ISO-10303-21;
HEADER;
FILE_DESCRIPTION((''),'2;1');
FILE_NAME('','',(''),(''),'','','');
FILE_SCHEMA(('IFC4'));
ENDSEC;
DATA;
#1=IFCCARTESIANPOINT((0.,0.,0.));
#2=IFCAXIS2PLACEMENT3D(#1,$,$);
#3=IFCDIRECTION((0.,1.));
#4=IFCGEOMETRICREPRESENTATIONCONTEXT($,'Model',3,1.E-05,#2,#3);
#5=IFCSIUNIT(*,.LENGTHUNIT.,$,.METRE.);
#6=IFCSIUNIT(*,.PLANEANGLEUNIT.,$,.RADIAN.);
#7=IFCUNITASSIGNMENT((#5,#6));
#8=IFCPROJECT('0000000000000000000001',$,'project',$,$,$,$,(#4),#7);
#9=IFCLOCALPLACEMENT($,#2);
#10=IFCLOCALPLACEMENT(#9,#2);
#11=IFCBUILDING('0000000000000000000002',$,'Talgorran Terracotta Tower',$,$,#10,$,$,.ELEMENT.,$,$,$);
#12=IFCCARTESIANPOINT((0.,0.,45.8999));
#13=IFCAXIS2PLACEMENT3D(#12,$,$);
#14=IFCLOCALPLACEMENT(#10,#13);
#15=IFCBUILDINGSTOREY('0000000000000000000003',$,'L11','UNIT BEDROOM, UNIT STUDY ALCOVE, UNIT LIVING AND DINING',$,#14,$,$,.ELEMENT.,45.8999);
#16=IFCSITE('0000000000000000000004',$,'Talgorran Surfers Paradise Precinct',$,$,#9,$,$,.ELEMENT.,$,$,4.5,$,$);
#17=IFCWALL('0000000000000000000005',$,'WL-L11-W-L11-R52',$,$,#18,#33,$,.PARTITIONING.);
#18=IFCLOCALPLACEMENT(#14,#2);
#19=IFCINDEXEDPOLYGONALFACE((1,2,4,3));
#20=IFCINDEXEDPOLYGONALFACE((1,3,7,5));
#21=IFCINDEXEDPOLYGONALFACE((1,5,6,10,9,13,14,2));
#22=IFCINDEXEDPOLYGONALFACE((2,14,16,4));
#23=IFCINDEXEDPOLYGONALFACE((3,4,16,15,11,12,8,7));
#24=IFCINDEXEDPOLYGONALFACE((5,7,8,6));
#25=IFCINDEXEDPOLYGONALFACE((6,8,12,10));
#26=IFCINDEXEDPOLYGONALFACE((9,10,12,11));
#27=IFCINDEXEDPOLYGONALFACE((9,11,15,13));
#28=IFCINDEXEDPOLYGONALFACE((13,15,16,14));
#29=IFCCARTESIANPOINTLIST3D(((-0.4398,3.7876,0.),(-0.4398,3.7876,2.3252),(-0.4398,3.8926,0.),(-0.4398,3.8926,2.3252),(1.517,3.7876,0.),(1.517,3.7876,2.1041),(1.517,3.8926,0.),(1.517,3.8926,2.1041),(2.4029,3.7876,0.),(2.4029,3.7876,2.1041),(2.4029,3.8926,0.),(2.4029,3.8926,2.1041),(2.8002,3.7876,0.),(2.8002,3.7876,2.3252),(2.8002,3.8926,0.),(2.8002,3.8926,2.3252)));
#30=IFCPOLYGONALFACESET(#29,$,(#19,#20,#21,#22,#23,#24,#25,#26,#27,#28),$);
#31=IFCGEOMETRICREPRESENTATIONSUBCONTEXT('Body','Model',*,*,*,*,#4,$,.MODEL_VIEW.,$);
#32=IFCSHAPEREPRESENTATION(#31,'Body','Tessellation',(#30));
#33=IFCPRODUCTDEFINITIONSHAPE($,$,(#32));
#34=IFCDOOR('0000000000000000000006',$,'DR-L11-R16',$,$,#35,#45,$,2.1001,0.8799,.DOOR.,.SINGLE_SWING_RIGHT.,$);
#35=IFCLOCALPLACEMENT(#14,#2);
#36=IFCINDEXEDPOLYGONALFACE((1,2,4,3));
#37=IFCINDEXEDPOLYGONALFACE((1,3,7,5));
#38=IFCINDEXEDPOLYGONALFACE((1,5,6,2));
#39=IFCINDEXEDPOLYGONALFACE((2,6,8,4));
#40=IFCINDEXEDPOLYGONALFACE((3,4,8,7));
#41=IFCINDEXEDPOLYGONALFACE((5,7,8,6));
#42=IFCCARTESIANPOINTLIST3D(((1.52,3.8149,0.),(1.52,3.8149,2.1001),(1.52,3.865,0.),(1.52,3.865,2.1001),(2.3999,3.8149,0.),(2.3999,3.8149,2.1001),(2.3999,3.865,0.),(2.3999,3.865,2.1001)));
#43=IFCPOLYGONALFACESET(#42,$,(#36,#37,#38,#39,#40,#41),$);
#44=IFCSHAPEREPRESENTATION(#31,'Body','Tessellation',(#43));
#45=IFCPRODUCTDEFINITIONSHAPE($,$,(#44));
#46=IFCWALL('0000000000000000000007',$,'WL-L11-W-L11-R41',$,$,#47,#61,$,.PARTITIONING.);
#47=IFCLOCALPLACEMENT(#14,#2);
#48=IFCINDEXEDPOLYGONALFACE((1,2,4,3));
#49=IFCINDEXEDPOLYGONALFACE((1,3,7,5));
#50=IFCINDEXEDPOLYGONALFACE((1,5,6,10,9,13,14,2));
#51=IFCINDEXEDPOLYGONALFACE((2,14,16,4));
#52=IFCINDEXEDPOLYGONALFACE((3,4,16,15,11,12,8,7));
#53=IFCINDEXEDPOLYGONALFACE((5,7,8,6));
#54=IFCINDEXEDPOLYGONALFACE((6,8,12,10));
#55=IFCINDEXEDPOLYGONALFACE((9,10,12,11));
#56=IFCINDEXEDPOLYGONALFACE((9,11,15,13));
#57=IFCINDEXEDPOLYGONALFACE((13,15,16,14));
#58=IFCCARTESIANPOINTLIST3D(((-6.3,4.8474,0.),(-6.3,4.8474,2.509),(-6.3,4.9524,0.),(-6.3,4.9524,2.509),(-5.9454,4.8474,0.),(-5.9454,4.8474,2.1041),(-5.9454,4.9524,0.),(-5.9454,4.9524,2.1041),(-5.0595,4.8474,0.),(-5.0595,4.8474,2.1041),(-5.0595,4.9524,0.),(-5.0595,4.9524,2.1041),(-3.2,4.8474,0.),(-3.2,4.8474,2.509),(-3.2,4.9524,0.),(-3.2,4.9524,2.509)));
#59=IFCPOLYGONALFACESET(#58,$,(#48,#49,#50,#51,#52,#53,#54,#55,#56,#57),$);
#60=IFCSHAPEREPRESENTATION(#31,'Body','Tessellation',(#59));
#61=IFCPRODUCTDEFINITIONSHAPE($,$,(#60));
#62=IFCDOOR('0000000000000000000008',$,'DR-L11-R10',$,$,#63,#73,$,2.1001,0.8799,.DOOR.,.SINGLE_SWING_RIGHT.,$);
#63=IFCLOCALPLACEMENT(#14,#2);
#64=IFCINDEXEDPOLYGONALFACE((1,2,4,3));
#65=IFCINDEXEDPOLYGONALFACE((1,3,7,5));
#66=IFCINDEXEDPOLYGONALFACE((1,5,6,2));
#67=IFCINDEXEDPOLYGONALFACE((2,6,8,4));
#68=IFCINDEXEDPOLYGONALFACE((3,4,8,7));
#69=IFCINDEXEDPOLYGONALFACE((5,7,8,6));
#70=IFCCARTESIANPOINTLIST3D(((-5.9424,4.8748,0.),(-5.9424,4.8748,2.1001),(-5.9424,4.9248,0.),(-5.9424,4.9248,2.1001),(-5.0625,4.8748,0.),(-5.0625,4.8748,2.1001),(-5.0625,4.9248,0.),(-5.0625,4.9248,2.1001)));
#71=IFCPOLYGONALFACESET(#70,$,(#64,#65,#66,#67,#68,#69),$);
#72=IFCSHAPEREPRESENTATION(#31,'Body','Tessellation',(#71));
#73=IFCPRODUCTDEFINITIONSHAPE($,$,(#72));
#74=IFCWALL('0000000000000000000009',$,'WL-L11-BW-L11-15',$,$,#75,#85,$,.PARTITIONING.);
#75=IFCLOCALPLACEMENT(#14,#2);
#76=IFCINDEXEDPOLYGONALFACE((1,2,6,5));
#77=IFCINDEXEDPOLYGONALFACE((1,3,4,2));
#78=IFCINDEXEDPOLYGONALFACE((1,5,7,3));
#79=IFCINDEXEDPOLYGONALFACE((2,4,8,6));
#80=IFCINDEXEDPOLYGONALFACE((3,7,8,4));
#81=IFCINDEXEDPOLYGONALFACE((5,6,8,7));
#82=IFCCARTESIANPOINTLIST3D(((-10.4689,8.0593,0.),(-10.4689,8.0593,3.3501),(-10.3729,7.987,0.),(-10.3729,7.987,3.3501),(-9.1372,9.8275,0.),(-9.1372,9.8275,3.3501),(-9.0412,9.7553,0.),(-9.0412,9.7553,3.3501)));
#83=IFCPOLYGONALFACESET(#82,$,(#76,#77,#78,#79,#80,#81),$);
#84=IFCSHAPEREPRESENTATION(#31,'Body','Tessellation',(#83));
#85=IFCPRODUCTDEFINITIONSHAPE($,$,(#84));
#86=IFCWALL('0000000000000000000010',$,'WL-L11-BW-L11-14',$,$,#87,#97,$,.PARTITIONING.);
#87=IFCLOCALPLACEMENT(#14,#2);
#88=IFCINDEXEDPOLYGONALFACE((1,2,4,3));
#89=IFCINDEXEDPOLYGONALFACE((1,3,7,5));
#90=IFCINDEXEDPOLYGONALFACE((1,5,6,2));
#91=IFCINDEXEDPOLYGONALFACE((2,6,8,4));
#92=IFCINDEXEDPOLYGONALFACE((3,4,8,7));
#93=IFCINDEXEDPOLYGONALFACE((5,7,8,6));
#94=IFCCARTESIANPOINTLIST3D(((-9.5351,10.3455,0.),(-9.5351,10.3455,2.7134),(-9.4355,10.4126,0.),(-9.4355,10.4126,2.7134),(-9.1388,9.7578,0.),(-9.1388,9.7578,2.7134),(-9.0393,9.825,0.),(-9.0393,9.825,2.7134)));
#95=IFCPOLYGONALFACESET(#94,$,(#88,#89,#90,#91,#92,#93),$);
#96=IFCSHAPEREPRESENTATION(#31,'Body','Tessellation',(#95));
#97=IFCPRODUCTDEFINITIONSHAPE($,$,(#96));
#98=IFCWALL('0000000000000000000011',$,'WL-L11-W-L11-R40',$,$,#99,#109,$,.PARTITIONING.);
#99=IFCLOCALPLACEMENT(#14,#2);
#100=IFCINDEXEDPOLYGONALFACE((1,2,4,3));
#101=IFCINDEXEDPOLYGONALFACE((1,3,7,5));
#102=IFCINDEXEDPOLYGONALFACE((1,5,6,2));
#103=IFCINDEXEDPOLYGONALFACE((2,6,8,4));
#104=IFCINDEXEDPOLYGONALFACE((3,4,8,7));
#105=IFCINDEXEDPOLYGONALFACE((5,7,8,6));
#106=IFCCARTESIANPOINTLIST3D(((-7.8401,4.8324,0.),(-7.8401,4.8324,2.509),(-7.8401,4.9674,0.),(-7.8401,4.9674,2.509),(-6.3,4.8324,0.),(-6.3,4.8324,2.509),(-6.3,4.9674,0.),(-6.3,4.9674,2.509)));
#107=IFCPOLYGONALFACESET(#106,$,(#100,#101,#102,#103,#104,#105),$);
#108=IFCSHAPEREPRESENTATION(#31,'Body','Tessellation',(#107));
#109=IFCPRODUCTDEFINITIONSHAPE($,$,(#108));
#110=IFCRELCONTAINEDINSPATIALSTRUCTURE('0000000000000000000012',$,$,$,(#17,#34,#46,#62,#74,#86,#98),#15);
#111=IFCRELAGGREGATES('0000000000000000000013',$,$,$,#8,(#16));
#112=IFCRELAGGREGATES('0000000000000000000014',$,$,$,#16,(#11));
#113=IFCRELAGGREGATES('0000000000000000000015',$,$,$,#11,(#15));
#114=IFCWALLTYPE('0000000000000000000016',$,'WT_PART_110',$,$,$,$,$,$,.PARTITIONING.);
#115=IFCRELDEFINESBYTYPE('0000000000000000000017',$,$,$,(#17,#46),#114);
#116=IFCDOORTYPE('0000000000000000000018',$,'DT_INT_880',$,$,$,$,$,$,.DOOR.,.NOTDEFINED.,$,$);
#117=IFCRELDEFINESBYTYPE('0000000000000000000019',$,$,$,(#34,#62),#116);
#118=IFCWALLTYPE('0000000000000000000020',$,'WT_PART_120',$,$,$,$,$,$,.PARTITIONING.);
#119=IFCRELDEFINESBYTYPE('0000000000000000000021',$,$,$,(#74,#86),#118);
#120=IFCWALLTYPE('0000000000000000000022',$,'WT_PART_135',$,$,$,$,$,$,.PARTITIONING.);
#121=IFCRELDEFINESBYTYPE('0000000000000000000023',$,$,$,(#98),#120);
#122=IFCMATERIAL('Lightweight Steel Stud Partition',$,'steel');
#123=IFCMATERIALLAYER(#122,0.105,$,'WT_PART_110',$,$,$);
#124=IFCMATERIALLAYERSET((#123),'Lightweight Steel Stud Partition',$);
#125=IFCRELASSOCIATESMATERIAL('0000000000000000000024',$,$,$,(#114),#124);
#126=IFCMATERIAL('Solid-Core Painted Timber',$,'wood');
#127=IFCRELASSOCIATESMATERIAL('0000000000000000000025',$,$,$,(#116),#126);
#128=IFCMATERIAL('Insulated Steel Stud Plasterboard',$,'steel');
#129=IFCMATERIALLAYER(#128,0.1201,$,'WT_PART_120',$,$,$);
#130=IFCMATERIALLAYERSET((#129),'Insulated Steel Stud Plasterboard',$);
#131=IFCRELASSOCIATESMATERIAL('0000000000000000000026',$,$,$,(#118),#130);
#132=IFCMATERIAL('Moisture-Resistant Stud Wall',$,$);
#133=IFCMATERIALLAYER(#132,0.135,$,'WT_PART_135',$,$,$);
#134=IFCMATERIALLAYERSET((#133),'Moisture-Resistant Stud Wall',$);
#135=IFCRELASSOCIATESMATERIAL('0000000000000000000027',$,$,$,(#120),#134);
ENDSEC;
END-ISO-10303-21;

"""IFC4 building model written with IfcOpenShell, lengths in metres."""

from ifc_helpers import new_model, si_unit, direction, frame, frame_2d, origin, place, context, subcontext, project, spatial, rectangle, extrude, material, layer, layer_set, type_object, element, fill, save


model = new_model("IFC4")

# Units and contexts
model_context = context("Model", 3, precision=1e-05, world=origin(), true_north=direction((0.0, 1.0)))
body_context = subcontext(model_context, "Body", "Model", "MODEL_VIEW")
ifc_project = project(units=[si_unit("LENGTHUNIT", "METRE"), si_unit("PLANEANGLEUNIT", "RADIAN")], contexts=[model_context])

# Site, building, storey
site_placement = place(None, origin())
site = spatial("IfcSite", under=ifc_project, at=site_placement, Name="Talgorran Surfers Paradise Precinct", CompositionType="ELEMENT", RefElevation=4.5)
building_placement = place(site_placement, origin())
building = spatial("IfcBuilding", under=site, at=building_placement, Name="Talgorran Terracotta Tower", CompositionType="ELEMENT")
storey_placement = place(building_placement, frame((0.0, 0.0, 45.8999)))
storey = spatial("IfcBuildingStorey", under=building, at=storey_placement, Name="L11", Description="UNIT BEDROOM, UNIT STUDY ALCOVE, UNIT LIVING AND DINING", CompositionType="ELEMENT", Elevation=45.8999)

# Walls, openings, doors
ifc_material_1 = material(Name="Lightweight Steel Stud Partition", Category="steel")
ifc_layer_1 = layer(ifc_material_1, 0.105, Name="WT_PART_110")
ifc_layer_set_1 = layer_set([ifc_layer_1], Name="Lightweight Steel Stud Partition")
wall_type_1 = type_object("IfcWallType", Name="WT_PART_110", PredefinedType="PARTITIONING", material=ifc_layer_set_1)
ifc_material_2 = material(Name="Solid-Core Painted Timber", Category="wood")
door_type = type_object("IfcDoorType", Name="DT_INT_880", OperationType="NOTDEFINED", PredefinedType="DOOR", material=ifc_material_2)
wall_1_placement = place(storey_placement, frame((-0.4399, 3.8401, 0.0), z_axis=(0.0, 0.0, 1.0), x_axis=(1.0, 0.0, 0.0)))
wall_1 = element("IfcWall", 1, at=wall_1_placement, inside=storey, type_object=wall_type_1, Name="WL-L11-W-L11-R52", PredefinedType="PARTITIONING", context=body_context, shape_type="SweptSolid", body=[
    extrude(rectangle(XDim=3.24, YDim=0.105, at=frame_2d((1.6201, 0.0))), origin(), (0.0, 0.0, 1.0), 2.3252),
])
opening_1_placement = place(wall_1_placement, frame((1.96, 0.0, 0.0)))
opening_1 = element("IfcOpeningElement", 2, at=opening_1_placement, cuts=wall_1, PredefinedType="OPENING", context=body_context, shape_type="SweptSolid", body=[
    extrude(rectangle(XDim=0.8859, YDim=2.1041, at=frame_2d((0.4399, 1.052))), frame((0.0, 0.0625, 0.0), z_axis=(0.0, -1.0, 0.0), x_axis=(1.0, 0.0, 0.0)), (0.0, 0.0, 1.0), 0.125),
])
door_1_placement = place(opening_1_placement, origin())
door_1 = element("IfcDoor", 3, at=door_1_placement, inside=storey, type_object=door_type, Name="DR-L11-R16", OperationType="SINGLE_SWING_RIGHT", OverallHeight=2.1001, OverallWidth=0.8799, PredefinedType="DOOR", context=body_context, shape_type="SweptSolid", body=[
    extrude(rectangle(XDim=0.8799, YDim=2.1001, at=frame_2d((0.4399, 1.05))), frame((0.0, 0.0249, 0.0), z_axis=(0.0, -1.0, 0.0), x_axis=(1.0, 0.0, 0.0)), (0.0, 0.0, 1.0), 0.05),
])
fill(opening_1, door_1)
wall_2_placement = place(storey_placement, frame((-6.3, 4.8999, 0.0), z_axis=(0.0, 0.0, 1.0), x_axis=(1.0, 0.0, 0.0)))
wall_2 = element("IfcWall", 4, at=wall_2_placement, inside=storey, type_object=wall_type_1, Name="WL-L11-W-L11-R41", PredefinedType="PARTITIONING", context=body_context, shape_type="SweptSolid", body=[
    extrude(rectangle(XDim=3.1001, YDim=0.105, at=frame_2d((1.55, 0.0))), origin(), (0.0, 0.0, 1.0), 2.509),
])
opening_2_placement = place(wall_2_placement, frame((0.3577, 0.0, 0.0)))
opening_2 = element("IfcOpeningElement", 5, at=opening_2_placement, cuts=wall_2, PredefinedType="OPENING", context=body_context, shape_type="SweptSolid", body=[
    extrude(rectangle(XDim=0.8859, YDim=2.1041, at=frame_2d((0.4399, 1.052))), frame((0.0, 0.0625, 0.0), z_axis=(0.0, -1.0, 0.0), x_axis=(1.0, 0.0, 0.0)), (0.0, 0.0, 1.0), 0.125),
])
door_2_placement = place(opening_2_placement, origin())
door_2 = element("IfcDoor", 6, at=door_2_placement, inside=storey, type_object=door_type, Name="DR-L11-R10", OperationType="SINGLE_SWING_RIGHT", OverallHeight=2.1001, OverallWidth=0.8799, PredefinedType="DOOR", context=body_context, shape_type="SweptSolid", body=[
    extrude(rectangle(XDim=0.8799, YDim=2.1001, at=frame_2d((0.4399, 1.05))), frame((0.0, 0.0249, 0.0), z_axis=(0.0, -1.0, 0.0), x_axis=(1.0, 0.0, 0.0)), (0.0, 0.0, 1.0), 0.05),
])
fill(opening_2, door_2)

# Walls
ifc_material_3 = material(Name="Insulated Steel Stud Plasterboard", Category="steel")
ifc_layer_2 = layer(ifc_material_3, 0.1201, Name="WT_PART_120")
ifc_layer_set_2 = layer_set([ifc_layer_2], Name="Insulated Steel Stud Plasterboard")
wall_type_2 = type_object("IfcWallType", Name="WT_PART_120", PredefinedType="PARTITIONING", material=ifc_layer_set_2)
wall_3_placement = place(storey_placement, frame((-9.0891, 9.7915, 0.0), z_axis=(0.0, 0.0, 1.0), x_axis=(-0.601605, -0.798794, 0.0)))
element("IfcWall", 7, at=wall_3_placement, inside=storey, type_object=wall_type_2, Name="WL-L11-BW-L11-15", PredefinedType="PARTITIONING", context=body_context, shape_type="SweptSolid", body=[
    extrude(rectangle(XDim=2.2136, YDim=0.1201, at=frame_2d((1.1069, 0.0))), origin(), (0.0, 0.0, 1.0), 3.3501),
])
wall_4_placement = place(storey_placement, frame((-9.4854, 10.3792, 0.0), z_axis=(0.0, 0.0, 1.0), x_axis=(0.559065, -0.829124, 0.0)))
element("IfcWall", 8, at=wall_4_placement, inside=storey, type_object=wall_type_2, Name="WL-L11-BW-L11-14", PredefinedType="PARTITIONING", context=body_context, shape_type="SweptSolid", body=[
    extrude(rectangle(XDim=0.7087, YDim=0.1201, at=frame_2d((0.3545, 0.0))), origin(), (0.0, 0.0, 1.0), 2.7134),
])
ifc_material_4 = material(Name="Moisture-Resistant Stud Wall")
ifc_layer_3 = layer(ifc_material_4, 0.135, Name="WT_PART_135")
ifc_layer_set_3 = layer_set([ifc_layer_3], Name="Moisture-Resistant Stud Wall")
wall_type_3 = type_object("IfcWallType", Name="WT_PART_135", PredefinedType="PARTITIONING", material=ifc_layer_set_3)
wall_5_placement = place(storey_placement, frame((-7.8401, 4.8999, 0.0), z_axis=(0.0, 0.0, 1.0), x_axis=(1.0, 0.0, 0.0)))
element("IfcWall", 9, at=wall_5_placement, inside=storey, type_object=wall_type_3, Name="WL-L11-W-L11-R40", PredefinedType="PARTITIONING", context=body_context, shape_type="SweptSolid", body=[
    extrude(rectangle(XDim=1.54, YDim=0.135, at=frame_2d((0.77, 0.0))), origin(), (0.0, 0.0, 1.0), 2.509),
])

save(model, "model.ifc")
